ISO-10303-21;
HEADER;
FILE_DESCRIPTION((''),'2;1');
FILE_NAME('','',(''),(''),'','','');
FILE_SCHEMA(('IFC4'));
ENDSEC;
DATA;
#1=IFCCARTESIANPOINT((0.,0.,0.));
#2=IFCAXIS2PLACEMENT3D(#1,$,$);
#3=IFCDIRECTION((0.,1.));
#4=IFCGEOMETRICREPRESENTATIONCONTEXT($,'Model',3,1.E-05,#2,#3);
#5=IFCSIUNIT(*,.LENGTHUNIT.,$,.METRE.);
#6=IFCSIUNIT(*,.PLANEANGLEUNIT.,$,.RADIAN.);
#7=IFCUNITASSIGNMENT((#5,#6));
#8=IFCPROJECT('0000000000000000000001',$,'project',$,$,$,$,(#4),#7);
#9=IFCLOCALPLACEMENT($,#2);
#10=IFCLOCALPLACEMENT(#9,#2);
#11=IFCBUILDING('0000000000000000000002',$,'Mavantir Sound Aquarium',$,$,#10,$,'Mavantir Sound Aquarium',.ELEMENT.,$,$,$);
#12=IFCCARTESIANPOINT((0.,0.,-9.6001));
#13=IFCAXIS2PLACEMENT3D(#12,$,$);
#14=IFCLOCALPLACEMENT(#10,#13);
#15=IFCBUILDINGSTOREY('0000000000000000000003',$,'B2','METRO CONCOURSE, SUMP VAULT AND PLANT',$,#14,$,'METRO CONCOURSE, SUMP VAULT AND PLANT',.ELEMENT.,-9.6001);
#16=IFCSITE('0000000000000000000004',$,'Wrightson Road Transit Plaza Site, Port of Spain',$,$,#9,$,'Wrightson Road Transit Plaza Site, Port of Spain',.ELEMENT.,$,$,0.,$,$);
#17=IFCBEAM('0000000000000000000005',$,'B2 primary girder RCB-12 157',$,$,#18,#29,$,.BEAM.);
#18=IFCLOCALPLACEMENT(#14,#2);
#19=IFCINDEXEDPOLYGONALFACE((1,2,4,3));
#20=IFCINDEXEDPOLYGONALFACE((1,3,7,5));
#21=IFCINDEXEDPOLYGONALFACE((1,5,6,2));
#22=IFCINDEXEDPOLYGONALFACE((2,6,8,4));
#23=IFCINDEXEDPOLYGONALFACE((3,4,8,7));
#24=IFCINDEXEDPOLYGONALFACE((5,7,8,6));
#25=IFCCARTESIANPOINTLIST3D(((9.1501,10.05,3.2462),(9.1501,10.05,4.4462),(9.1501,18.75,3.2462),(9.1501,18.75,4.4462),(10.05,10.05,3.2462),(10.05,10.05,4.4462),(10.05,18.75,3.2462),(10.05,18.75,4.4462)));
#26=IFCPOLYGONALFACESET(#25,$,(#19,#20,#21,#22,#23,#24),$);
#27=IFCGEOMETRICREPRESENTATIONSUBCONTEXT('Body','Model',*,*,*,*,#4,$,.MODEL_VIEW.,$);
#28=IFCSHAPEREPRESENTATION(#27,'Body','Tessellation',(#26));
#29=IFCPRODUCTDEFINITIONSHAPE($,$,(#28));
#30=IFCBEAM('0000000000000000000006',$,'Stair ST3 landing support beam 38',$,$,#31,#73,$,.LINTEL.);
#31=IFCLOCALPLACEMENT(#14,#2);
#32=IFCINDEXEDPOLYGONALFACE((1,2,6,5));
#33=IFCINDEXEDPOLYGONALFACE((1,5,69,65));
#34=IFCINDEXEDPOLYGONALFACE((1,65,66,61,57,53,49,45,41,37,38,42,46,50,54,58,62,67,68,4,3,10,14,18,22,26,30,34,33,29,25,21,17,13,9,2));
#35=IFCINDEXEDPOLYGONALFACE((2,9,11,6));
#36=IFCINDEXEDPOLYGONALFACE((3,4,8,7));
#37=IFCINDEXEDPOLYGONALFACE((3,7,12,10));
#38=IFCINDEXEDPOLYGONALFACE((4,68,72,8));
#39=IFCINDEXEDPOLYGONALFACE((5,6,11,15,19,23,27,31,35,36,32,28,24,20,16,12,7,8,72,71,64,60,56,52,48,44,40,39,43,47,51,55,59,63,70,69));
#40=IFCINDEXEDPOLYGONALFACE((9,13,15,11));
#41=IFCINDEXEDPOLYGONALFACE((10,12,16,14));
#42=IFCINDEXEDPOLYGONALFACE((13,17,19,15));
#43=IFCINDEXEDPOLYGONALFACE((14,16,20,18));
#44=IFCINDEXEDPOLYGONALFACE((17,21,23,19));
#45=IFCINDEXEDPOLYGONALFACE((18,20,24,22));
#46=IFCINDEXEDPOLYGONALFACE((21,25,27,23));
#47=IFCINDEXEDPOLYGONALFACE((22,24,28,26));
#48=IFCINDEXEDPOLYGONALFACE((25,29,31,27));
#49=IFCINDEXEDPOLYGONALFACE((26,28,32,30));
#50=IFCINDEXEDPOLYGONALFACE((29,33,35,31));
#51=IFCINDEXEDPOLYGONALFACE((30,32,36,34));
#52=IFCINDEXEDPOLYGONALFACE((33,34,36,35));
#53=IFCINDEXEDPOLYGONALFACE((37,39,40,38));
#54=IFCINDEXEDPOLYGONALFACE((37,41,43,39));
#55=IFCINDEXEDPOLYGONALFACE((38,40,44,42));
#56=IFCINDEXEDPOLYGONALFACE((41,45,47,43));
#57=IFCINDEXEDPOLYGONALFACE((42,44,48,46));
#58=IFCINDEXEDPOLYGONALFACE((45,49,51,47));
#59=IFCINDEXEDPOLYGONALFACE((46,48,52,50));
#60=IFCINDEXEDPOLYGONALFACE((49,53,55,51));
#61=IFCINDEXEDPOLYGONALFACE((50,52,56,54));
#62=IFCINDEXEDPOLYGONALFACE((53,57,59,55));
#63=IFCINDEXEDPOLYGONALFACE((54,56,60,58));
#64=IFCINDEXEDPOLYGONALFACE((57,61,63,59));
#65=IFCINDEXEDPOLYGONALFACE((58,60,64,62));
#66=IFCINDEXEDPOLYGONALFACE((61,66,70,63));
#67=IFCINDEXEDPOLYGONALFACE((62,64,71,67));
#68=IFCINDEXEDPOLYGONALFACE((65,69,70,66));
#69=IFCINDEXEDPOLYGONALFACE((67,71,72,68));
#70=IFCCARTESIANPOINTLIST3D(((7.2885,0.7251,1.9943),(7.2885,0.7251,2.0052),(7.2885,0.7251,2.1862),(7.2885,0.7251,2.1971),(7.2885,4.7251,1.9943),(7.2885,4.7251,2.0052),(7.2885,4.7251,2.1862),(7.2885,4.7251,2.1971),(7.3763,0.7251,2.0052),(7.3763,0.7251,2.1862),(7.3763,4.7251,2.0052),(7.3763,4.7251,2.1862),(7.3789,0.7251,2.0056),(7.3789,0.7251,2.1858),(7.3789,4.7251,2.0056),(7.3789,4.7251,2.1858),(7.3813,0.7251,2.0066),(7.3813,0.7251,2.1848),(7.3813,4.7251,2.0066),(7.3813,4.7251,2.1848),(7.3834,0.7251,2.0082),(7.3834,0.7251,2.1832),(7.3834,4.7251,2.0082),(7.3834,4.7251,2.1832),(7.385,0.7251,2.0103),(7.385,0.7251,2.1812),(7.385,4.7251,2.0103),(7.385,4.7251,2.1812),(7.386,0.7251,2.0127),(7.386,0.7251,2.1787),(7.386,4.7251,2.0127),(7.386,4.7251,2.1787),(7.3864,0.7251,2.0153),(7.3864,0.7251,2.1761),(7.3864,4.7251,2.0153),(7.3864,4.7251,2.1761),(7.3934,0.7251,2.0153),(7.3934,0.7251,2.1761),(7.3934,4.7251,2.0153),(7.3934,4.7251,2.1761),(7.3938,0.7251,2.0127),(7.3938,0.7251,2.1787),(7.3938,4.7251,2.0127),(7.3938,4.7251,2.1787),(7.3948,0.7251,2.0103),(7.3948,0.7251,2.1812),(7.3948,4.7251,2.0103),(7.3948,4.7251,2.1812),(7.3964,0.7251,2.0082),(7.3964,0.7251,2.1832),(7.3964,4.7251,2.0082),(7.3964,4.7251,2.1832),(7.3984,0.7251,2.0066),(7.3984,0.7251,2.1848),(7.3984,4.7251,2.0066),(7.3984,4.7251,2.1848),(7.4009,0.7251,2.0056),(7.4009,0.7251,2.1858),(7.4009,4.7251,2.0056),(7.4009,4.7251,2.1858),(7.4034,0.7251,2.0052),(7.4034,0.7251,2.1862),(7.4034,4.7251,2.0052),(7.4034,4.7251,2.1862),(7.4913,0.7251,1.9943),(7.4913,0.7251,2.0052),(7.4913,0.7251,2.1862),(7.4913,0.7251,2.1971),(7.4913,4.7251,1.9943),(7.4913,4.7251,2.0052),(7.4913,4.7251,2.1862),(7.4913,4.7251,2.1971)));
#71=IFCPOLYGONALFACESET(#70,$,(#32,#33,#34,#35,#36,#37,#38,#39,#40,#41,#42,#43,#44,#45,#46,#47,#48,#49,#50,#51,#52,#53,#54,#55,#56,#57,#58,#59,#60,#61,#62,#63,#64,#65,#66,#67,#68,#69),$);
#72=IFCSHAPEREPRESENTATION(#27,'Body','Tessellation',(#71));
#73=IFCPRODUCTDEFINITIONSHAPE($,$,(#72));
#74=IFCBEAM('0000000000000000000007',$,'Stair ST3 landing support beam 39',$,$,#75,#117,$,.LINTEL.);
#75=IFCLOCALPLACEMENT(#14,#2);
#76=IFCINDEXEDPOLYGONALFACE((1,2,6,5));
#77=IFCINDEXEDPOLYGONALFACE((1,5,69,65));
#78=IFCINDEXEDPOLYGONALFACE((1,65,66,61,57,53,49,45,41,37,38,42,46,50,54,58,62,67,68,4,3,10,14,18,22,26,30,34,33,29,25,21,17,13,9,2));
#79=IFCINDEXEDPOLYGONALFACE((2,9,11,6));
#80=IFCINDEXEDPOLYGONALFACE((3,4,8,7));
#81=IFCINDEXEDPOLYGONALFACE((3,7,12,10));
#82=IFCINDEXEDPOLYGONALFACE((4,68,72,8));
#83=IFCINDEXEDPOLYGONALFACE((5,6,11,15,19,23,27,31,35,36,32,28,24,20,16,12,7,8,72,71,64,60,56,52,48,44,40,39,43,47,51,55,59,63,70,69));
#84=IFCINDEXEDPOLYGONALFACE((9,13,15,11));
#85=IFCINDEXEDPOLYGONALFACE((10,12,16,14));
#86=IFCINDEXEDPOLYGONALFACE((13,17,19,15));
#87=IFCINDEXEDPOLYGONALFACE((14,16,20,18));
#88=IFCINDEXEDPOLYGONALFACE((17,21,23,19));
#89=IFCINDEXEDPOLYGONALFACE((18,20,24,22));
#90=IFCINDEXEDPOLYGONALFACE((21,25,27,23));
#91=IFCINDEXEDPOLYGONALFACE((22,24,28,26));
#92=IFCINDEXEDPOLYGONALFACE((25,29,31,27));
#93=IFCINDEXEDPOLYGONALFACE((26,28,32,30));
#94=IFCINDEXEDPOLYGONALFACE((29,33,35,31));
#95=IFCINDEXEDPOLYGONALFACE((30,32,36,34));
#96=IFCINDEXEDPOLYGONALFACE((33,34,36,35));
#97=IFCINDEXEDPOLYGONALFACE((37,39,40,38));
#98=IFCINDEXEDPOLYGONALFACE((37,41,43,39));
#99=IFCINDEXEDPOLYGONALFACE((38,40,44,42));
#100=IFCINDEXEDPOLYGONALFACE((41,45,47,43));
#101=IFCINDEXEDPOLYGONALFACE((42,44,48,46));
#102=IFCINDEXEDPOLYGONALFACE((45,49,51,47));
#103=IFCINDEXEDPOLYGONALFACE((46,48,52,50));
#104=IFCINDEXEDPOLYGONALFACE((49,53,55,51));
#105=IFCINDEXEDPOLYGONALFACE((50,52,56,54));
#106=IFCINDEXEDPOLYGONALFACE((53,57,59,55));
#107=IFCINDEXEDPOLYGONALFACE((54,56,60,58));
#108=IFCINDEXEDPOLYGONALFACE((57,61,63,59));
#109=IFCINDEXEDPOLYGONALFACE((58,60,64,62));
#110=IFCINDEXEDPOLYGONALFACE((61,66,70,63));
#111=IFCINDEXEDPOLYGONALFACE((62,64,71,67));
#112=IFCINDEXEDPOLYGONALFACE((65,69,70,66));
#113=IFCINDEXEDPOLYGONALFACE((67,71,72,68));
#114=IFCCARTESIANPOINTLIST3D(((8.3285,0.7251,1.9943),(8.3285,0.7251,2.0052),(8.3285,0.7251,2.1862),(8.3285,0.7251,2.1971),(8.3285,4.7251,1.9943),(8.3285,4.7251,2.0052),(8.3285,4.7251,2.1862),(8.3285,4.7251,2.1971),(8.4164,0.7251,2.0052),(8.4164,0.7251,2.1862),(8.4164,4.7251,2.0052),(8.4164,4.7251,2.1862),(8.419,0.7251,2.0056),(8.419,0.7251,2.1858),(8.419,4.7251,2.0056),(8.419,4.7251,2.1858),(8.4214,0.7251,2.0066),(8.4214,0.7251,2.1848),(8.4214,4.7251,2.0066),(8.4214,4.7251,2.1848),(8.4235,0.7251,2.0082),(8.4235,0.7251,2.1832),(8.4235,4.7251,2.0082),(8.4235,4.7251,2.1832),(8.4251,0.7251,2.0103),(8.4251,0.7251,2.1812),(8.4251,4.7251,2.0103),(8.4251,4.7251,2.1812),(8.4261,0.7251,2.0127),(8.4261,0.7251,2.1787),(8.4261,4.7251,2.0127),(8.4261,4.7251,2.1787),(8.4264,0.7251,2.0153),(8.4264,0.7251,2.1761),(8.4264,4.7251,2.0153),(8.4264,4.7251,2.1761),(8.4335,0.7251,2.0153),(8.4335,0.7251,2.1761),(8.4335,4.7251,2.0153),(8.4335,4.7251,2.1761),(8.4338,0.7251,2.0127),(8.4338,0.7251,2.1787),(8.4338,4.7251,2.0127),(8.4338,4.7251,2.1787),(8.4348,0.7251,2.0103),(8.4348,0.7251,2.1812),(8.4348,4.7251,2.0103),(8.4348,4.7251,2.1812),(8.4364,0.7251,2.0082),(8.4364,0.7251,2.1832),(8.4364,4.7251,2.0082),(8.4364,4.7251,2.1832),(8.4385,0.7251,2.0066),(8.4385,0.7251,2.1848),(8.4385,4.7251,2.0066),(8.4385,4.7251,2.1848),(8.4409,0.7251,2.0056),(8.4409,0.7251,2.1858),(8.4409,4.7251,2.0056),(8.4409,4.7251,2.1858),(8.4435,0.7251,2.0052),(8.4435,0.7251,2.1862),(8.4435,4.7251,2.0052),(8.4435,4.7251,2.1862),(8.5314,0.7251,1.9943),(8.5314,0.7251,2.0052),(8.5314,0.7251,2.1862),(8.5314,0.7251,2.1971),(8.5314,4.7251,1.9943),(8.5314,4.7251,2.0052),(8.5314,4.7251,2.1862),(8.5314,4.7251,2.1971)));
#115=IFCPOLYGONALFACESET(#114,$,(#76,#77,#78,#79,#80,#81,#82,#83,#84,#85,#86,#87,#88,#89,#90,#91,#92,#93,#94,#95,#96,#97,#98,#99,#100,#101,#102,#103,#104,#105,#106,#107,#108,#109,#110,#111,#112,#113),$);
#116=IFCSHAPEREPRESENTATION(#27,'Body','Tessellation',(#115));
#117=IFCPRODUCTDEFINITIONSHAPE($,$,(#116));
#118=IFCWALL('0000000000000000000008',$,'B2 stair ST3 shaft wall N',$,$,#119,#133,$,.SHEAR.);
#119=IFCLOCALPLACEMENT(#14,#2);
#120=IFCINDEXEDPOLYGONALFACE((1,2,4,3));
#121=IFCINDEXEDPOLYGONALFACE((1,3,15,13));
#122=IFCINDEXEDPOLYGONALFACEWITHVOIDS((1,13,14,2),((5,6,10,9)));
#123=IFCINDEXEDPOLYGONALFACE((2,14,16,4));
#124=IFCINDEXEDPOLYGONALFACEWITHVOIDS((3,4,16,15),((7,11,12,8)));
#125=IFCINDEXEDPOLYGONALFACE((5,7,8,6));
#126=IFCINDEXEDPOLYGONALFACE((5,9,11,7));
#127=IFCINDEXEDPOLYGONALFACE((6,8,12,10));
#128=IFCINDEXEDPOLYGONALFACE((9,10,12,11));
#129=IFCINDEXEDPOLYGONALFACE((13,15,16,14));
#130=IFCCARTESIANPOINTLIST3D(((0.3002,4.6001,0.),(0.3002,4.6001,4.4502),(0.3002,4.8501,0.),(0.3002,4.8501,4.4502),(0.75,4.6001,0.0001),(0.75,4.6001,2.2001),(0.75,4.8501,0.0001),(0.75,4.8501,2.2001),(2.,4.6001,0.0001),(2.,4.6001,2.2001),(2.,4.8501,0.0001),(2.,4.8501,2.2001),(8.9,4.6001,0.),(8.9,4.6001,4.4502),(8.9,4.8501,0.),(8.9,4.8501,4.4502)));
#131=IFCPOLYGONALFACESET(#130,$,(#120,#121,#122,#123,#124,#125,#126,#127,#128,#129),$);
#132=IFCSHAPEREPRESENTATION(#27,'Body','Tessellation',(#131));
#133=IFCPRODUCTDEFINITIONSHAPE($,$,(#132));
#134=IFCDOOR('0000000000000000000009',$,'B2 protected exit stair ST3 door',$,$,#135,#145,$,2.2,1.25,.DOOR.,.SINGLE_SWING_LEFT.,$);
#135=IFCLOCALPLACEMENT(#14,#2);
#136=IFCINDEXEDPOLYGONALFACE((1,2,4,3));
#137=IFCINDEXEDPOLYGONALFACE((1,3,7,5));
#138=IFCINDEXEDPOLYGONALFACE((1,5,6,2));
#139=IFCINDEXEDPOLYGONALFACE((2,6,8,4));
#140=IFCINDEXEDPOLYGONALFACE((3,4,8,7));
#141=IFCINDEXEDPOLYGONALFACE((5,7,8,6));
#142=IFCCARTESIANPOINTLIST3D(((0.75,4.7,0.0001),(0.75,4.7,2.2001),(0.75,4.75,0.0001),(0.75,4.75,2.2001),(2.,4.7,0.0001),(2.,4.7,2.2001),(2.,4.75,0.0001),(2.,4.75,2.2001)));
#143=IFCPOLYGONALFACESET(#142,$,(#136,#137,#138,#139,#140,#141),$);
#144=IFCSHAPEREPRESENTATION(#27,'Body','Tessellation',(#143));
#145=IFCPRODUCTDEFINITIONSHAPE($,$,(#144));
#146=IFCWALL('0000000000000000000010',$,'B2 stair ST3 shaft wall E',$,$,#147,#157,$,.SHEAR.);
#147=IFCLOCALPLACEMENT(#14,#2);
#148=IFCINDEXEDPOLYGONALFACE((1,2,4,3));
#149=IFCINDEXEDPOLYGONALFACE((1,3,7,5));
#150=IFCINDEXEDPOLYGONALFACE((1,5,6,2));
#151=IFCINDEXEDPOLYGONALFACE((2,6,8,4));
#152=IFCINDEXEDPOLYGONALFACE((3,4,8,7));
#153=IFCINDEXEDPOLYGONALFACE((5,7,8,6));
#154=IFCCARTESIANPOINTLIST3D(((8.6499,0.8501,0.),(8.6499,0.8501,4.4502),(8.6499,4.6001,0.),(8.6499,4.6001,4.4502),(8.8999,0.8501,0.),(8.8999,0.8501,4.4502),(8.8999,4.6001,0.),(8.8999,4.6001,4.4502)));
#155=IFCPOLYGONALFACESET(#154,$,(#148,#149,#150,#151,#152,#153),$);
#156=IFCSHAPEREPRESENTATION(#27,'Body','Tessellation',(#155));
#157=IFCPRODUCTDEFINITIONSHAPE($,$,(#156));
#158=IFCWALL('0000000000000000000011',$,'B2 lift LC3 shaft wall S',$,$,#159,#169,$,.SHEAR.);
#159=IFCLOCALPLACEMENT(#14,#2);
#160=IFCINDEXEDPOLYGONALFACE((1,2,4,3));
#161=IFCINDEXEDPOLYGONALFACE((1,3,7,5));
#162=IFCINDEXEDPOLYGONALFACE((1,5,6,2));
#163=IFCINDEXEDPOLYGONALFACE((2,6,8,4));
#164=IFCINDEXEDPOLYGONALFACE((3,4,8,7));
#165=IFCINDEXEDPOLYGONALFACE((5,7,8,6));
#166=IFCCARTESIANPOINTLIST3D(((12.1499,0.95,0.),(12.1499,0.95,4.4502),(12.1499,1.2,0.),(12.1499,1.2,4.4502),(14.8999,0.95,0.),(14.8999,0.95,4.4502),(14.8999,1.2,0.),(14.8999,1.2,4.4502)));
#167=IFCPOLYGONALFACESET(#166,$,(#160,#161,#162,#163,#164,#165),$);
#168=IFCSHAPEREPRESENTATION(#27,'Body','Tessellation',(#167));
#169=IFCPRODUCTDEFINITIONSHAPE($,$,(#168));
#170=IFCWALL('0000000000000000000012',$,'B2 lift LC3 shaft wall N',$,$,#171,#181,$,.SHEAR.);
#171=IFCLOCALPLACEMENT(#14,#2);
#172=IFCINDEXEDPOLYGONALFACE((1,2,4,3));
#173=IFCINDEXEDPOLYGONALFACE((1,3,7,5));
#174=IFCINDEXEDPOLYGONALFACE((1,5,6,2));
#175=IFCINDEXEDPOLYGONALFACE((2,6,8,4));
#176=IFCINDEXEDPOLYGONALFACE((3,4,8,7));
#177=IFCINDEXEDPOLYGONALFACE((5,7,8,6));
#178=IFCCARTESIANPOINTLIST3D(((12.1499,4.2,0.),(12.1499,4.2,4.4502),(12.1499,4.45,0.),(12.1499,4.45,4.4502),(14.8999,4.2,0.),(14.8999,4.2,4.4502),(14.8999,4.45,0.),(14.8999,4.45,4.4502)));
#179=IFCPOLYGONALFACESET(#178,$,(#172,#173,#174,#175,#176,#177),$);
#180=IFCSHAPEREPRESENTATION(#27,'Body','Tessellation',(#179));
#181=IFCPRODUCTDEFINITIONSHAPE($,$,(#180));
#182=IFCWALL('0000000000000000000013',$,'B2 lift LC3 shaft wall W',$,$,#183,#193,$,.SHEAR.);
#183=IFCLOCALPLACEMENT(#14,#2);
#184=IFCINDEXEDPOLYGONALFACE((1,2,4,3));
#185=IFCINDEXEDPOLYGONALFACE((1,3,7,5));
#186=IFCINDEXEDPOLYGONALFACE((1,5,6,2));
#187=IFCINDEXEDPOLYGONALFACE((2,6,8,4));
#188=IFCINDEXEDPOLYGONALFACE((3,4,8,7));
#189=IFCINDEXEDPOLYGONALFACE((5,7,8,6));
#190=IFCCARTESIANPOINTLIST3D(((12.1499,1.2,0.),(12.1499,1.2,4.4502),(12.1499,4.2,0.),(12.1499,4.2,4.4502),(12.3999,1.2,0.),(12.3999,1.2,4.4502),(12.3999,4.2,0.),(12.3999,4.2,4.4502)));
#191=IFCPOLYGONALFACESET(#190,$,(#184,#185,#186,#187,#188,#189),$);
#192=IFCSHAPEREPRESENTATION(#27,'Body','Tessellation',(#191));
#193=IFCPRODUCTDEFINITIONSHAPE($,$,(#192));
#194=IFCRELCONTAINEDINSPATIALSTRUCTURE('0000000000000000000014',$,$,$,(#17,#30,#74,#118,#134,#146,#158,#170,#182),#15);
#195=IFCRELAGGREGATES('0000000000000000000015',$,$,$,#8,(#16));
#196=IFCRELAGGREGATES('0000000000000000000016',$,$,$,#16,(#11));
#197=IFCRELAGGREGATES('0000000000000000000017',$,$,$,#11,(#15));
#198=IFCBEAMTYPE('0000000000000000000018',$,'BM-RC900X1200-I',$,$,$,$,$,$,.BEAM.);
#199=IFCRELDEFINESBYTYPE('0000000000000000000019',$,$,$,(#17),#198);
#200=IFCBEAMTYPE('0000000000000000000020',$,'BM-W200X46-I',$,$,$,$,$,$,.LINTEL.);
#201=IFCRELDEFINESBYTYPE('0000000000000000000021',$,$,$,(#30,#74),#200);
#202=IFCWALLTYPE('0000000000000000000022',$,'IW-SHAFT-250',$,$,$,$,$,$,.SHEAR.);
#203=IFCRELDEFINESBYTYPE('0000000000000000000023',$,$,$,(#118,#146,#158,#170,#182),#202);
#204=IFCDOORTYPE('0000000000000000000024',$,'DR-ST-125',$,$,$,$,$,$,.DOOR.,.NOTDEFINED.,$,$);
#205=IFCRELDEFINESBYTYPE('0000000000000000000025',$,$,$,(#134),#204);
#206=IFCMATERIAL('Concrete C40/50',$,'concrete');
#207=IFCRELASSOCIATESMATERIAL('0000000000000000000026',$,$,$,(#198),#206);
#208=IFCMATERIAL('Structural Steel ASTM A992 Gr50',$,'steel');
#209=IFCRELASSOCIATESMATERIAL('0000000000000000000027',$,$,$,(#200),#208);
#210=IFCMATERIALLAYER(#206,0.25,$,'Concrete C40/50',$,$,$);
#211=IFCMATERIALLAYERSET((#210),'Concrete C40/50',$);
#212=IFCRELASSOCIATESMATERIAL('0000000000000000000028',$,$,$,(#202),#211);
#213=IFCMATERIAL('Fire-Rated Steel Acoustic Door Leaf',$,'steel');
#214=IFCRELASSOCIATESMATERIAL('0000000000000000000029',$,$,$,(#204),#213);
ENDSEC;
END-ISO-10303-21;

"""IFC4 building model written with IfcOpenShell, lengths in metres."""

from ifc_helpers import new_model, si_unit, direction, frame, frame_2d, origin, origin_2d, place, context, subcontext, project, spatial, rectangle, i_section, extrude, material, layer, layer_set, material_profile, profile_set, type_object, element, fill, save


model = new_model("IFC4")

# Units and contexts
model_context = context("Model", 3, precision=1e-05, world=origin(), true_north=direction((0.0, 1.0)))
body_context = subcontext(model_context, "Body", "Model", "MODEL_VIEW")
ifc_project = project(units=[si_unit("LENGTHUNIT", "METRE"), si_unit("PLANEANGLEUNIT", "RADIAN")], contexts=[model_context])

# Site, building, storey
site_placement = place(None, origin())
site = spatial("IfcSite", under=ifc_project, at=site_placement, Name="Wrightson Road Transit Plaza Site, Port of Spain", LongName="Wrightson Road Transit Plaza Site, Port of Spain", CompositionType="ELEMENT", RefElevation=0.0)
building_placement = place(site_placement, origin())
building = spatial("IfcBuilding", under=site, at=building_placement, Name="Mavantir Sound Aquarium", LongName="Mavantir Sound Aquarium", CompositionType="ELEMENT")
storey_placement = place(building_placement, frame((0.0, 0.0, -9.6001)))
storey = spatial("IfcBuildingStorey", under=building, at=storey_placement, Name="B2", Description="METRO CONCOURSE, SUMP VAULT AND PLANT", LongName="METRO CONCOURSE, SUMP VAULT AND PLANT", CompositionType="ELEMENT", Elevation=-9.6001)

# Shared definitions
ifc_material_1 = material(Name="Concrete C40/50", Category="concrete")

# Beams
ifc_material_profile_1 = material_profile(ifc_material_1, rectangle(XDim=0.8999, YDim=1.2, at=origin_2d()), Name="RC 900X1200")
ifc_profile_set_1 = profile_set([ifc_material_profile_1], Name="Concrete C40/50")
beam_type_1 = type_object("IfcBeamType", Name="BM-RC900X1200-I", PredefinedType="BEAM", material=ifc_profile_set_1)
beam_placement = place(storey_placement, frame((9.6001, 10.05, 3.8462), z_axis=(0.0, 1.0, 0.0), x_axis=(-1.0, 0.0, 0.0)))
element("IfcBeam", 1, at=beam_placement, inside=storey, type_object=beam_type_1, Name="B2 primary girder RCB-12 157", PredefinedType="BEAM", context=body_context, shape_type="SweptSolid", body=[
    extrude(rectangle(XDim=0.8999, YDim=1.2, at=origin_2d()), origin(), (0.0, 0.0, 1.0), 8.7),
])
ifc_material_2 = material(Name="Structural Steel ASTM A992 Gr50", Category="steel")
ifc_material_profile_2 = material_profile(ifc_material_2, i_section(OverallWidth=0.2029, OverallDepth=0.2029, WebThickness=0.0071, FlangeThickness=0.011, FilletRadius=0.01, at=origin_2d()), Name="W200X46")
ifc_profile_set_2 = profile_set([ifc_material_profile_2], Name="Structural Steel ASTM A992 Gr50")
beam_type_2 = type_object("IfcBeamType", Name="BM-W200X46-I", PredefinedType="LINTEL", material=ifc_profile_set_2)
for number, where, z_axis, x_axis, name in (
    (2, (7.3899, 0.7251, 2.0957), (0.0, 1.0, 0.0), (-1.0, 0.0, 0.0), "Stair ST3 landing support beam 38"),
    (3, (8.4299, 0.7251, 2.0957), (0.0, 1.0, 0.0), (-1.0, 0.0, 0.0), "Stair ST3 landing support beam 39"),
):
    element("IfcBeam", number, at=place(storey_placement, frame(where, z_axis=z_axis, x_axis=x_axis)), inside=storey, type_object=beam_type_2, Name=name, PredefinedType="LINTEL", context=body_context, shape_type="SweptSolid", body=[
        extrude(i_section(OverallWidth=0.2029, OverallDepth=0.2029, WebThickness=0.0071, FlangeThickness=0.011, FilletRadius=0.01, at=origin_2d()), origin(), (0.0, 0.0, 1.0), 4.0),
    ])

# Wall, opening, door
ifc_layer = layer(ifc_material_1, 0.25, Name="Concrete C40/50")
ifc_layer_set = layer_set([ifc_layer], Name="Concrete C40/50")
wall_type = type_object("IfcWallType", Name="IW-SHAFT-250", PredefinedType="SHEAR", material=ifc_layer_set)
wall_1_placement = place(storey_placement, frame((8.8999, 4.7251, 0.0), z_axis=(0.0, 0.0, 1.0), x_axis=(-1.0, 0.0, 0.0)))
wall_1 = element("IfcWall", 4, at=wall_1_placement, inside=storey, type_object=wall_type, Name="B2 stair ST3 shaft wall N", PredefinedType="SHEAR", context=body_context, shape_type="SweptSolid", body=[
    extrude(rectangle(XDim=8.5999, YDim=0.25, at=frame_2d((4.2998, 0.0))), origin(), (0.0, 0.0, 1.0), 4.4502),
])
opening_placement = place(wall_1_placement, frame((8.1499, 0.0, 0.0), z_axis=(0.0, 0.0, 1.0), x_axis=(-1.0, 0.0, 0.0)))
opening = element("IfcOpeningElement", 5, at=opening_placement, cuts=wall_1, PredefinedType="OPENING", context=body_context, shape_type="SweptSolid", body=[
    extrude(rectangle(XDim=1.25, YDim=2.2, at=frame_2d((0.625, 1.1001))), frame((0.0, 0.135, 0.0), z_axis=(0.0, -1.0, 0.0), x_axis=(1.0, 0.0, 0.0)), (0.0, 0.0, 1.0), 0.27),
])
ifc_material_3 = material(Name="Fire-Rated Steel Acoustic Door Leaf", Category="steel")
door_type = type_object("IfcDoorType", Name="DR-ST-125", OperationType="NOTDEFINED", PredefinedType="DOOR", material=ifc_material_3)
door_placement = place(opening_placement, origin())
door = element("IfcDoor", 6, at=door_placement, inside=storey, type_object=door_type, Name="B2 protected exit stair ST3 door", OperationType="SINGLE_SWING_LEFT", OverallHeight=2.2, OverallWidth=1.25, PredefinedType="DOOR", context=body_context, shape_type="SweptSolid", body=[
    extrude(rectangle(XDim=1.25, YDim=2.2, at=frame_2d((0.625, 1.1001))), frame((0.0, 0.0249, 0.0), z_axis=(0.0, -1.0, 0.0), x_axis=(1.0, 0.0, 0.0)), (0.0, 0.0, 1.0), 0.05),
])
fill(opening, door)

# Walls
wall_2_placement = place(storey_placement, frame((8.7749, 0.8501, 0.0), z_axis=(0.0, 0.0, 1.0), x_axis=(0.0, 1.0, 0.0)))
element("IfcWall", 7, at=wall_2_placement, inside=storey, type_object=wall_type, Name="B2 stair ST3 shaft wall E", PredefinedType="SHEAR", context=body_context, shape_type="SweptSolid", body=[
    extrude(rectangle(XDim=3.75, YDim=0.25, at=frame_2d((1.875, 0.0))), origin(), (0.0, 0.0, 1.0), 4.4502),
])
for number, where, z_axis, x_axis, name in (
    (8, (12.1499, 1.075, 0.0), (0.0, 0.0, 1.0), (1.0, 0.0, 0.0), "B2 lift LC3 shaft wall S"),
    (9, (12.1499, 4.325, 0.0), (0.0, 0.0, 1.0), (1.0, 0.0, 0.0), "B2 lift LC3 shaft wall N"),
):
    element("IfcWall", number, at=place(storey_placement, frame(where, z_axis=z_axis, x_axis=x_axis)), inside=storey, type_object=wall_type, Name=name, PredefinedType="SHEAR", context=body_context, shape_type="SweptSolid", body=[
        extrude(rectangle(XDim=2.75, YDim=0.25, at=frame_2d((1.375, 0.0))), origin(), (0.0, 0.0, 1.0), 4.4502),
    ])
for number, where, z_axis, x_axis, name in (
    (10, (12.2749, 1.2, 0.0), (0.0, 0.0, 1.0), (0.0, 1.0, 0.0), "B2 lift LC3 shaft wall W"),
):
    element("IfcWall", number, at=place(storey_placement, frame(where, z_axis=z_axis, x_axis=x_axis)), inside=storey, type_object=wall_type, Name=name, PredefinedType="SHEAR", context=body_context, shape_type="SweptSolid", body=[
        extrude(rectangle(XDim=3.0, YDim=0.25, at=frame_2d((1.5, 0.0))), origin(), (0.0, 0.0, 1.0), 4.4502),
    ])

save(model, "model.ifc")
